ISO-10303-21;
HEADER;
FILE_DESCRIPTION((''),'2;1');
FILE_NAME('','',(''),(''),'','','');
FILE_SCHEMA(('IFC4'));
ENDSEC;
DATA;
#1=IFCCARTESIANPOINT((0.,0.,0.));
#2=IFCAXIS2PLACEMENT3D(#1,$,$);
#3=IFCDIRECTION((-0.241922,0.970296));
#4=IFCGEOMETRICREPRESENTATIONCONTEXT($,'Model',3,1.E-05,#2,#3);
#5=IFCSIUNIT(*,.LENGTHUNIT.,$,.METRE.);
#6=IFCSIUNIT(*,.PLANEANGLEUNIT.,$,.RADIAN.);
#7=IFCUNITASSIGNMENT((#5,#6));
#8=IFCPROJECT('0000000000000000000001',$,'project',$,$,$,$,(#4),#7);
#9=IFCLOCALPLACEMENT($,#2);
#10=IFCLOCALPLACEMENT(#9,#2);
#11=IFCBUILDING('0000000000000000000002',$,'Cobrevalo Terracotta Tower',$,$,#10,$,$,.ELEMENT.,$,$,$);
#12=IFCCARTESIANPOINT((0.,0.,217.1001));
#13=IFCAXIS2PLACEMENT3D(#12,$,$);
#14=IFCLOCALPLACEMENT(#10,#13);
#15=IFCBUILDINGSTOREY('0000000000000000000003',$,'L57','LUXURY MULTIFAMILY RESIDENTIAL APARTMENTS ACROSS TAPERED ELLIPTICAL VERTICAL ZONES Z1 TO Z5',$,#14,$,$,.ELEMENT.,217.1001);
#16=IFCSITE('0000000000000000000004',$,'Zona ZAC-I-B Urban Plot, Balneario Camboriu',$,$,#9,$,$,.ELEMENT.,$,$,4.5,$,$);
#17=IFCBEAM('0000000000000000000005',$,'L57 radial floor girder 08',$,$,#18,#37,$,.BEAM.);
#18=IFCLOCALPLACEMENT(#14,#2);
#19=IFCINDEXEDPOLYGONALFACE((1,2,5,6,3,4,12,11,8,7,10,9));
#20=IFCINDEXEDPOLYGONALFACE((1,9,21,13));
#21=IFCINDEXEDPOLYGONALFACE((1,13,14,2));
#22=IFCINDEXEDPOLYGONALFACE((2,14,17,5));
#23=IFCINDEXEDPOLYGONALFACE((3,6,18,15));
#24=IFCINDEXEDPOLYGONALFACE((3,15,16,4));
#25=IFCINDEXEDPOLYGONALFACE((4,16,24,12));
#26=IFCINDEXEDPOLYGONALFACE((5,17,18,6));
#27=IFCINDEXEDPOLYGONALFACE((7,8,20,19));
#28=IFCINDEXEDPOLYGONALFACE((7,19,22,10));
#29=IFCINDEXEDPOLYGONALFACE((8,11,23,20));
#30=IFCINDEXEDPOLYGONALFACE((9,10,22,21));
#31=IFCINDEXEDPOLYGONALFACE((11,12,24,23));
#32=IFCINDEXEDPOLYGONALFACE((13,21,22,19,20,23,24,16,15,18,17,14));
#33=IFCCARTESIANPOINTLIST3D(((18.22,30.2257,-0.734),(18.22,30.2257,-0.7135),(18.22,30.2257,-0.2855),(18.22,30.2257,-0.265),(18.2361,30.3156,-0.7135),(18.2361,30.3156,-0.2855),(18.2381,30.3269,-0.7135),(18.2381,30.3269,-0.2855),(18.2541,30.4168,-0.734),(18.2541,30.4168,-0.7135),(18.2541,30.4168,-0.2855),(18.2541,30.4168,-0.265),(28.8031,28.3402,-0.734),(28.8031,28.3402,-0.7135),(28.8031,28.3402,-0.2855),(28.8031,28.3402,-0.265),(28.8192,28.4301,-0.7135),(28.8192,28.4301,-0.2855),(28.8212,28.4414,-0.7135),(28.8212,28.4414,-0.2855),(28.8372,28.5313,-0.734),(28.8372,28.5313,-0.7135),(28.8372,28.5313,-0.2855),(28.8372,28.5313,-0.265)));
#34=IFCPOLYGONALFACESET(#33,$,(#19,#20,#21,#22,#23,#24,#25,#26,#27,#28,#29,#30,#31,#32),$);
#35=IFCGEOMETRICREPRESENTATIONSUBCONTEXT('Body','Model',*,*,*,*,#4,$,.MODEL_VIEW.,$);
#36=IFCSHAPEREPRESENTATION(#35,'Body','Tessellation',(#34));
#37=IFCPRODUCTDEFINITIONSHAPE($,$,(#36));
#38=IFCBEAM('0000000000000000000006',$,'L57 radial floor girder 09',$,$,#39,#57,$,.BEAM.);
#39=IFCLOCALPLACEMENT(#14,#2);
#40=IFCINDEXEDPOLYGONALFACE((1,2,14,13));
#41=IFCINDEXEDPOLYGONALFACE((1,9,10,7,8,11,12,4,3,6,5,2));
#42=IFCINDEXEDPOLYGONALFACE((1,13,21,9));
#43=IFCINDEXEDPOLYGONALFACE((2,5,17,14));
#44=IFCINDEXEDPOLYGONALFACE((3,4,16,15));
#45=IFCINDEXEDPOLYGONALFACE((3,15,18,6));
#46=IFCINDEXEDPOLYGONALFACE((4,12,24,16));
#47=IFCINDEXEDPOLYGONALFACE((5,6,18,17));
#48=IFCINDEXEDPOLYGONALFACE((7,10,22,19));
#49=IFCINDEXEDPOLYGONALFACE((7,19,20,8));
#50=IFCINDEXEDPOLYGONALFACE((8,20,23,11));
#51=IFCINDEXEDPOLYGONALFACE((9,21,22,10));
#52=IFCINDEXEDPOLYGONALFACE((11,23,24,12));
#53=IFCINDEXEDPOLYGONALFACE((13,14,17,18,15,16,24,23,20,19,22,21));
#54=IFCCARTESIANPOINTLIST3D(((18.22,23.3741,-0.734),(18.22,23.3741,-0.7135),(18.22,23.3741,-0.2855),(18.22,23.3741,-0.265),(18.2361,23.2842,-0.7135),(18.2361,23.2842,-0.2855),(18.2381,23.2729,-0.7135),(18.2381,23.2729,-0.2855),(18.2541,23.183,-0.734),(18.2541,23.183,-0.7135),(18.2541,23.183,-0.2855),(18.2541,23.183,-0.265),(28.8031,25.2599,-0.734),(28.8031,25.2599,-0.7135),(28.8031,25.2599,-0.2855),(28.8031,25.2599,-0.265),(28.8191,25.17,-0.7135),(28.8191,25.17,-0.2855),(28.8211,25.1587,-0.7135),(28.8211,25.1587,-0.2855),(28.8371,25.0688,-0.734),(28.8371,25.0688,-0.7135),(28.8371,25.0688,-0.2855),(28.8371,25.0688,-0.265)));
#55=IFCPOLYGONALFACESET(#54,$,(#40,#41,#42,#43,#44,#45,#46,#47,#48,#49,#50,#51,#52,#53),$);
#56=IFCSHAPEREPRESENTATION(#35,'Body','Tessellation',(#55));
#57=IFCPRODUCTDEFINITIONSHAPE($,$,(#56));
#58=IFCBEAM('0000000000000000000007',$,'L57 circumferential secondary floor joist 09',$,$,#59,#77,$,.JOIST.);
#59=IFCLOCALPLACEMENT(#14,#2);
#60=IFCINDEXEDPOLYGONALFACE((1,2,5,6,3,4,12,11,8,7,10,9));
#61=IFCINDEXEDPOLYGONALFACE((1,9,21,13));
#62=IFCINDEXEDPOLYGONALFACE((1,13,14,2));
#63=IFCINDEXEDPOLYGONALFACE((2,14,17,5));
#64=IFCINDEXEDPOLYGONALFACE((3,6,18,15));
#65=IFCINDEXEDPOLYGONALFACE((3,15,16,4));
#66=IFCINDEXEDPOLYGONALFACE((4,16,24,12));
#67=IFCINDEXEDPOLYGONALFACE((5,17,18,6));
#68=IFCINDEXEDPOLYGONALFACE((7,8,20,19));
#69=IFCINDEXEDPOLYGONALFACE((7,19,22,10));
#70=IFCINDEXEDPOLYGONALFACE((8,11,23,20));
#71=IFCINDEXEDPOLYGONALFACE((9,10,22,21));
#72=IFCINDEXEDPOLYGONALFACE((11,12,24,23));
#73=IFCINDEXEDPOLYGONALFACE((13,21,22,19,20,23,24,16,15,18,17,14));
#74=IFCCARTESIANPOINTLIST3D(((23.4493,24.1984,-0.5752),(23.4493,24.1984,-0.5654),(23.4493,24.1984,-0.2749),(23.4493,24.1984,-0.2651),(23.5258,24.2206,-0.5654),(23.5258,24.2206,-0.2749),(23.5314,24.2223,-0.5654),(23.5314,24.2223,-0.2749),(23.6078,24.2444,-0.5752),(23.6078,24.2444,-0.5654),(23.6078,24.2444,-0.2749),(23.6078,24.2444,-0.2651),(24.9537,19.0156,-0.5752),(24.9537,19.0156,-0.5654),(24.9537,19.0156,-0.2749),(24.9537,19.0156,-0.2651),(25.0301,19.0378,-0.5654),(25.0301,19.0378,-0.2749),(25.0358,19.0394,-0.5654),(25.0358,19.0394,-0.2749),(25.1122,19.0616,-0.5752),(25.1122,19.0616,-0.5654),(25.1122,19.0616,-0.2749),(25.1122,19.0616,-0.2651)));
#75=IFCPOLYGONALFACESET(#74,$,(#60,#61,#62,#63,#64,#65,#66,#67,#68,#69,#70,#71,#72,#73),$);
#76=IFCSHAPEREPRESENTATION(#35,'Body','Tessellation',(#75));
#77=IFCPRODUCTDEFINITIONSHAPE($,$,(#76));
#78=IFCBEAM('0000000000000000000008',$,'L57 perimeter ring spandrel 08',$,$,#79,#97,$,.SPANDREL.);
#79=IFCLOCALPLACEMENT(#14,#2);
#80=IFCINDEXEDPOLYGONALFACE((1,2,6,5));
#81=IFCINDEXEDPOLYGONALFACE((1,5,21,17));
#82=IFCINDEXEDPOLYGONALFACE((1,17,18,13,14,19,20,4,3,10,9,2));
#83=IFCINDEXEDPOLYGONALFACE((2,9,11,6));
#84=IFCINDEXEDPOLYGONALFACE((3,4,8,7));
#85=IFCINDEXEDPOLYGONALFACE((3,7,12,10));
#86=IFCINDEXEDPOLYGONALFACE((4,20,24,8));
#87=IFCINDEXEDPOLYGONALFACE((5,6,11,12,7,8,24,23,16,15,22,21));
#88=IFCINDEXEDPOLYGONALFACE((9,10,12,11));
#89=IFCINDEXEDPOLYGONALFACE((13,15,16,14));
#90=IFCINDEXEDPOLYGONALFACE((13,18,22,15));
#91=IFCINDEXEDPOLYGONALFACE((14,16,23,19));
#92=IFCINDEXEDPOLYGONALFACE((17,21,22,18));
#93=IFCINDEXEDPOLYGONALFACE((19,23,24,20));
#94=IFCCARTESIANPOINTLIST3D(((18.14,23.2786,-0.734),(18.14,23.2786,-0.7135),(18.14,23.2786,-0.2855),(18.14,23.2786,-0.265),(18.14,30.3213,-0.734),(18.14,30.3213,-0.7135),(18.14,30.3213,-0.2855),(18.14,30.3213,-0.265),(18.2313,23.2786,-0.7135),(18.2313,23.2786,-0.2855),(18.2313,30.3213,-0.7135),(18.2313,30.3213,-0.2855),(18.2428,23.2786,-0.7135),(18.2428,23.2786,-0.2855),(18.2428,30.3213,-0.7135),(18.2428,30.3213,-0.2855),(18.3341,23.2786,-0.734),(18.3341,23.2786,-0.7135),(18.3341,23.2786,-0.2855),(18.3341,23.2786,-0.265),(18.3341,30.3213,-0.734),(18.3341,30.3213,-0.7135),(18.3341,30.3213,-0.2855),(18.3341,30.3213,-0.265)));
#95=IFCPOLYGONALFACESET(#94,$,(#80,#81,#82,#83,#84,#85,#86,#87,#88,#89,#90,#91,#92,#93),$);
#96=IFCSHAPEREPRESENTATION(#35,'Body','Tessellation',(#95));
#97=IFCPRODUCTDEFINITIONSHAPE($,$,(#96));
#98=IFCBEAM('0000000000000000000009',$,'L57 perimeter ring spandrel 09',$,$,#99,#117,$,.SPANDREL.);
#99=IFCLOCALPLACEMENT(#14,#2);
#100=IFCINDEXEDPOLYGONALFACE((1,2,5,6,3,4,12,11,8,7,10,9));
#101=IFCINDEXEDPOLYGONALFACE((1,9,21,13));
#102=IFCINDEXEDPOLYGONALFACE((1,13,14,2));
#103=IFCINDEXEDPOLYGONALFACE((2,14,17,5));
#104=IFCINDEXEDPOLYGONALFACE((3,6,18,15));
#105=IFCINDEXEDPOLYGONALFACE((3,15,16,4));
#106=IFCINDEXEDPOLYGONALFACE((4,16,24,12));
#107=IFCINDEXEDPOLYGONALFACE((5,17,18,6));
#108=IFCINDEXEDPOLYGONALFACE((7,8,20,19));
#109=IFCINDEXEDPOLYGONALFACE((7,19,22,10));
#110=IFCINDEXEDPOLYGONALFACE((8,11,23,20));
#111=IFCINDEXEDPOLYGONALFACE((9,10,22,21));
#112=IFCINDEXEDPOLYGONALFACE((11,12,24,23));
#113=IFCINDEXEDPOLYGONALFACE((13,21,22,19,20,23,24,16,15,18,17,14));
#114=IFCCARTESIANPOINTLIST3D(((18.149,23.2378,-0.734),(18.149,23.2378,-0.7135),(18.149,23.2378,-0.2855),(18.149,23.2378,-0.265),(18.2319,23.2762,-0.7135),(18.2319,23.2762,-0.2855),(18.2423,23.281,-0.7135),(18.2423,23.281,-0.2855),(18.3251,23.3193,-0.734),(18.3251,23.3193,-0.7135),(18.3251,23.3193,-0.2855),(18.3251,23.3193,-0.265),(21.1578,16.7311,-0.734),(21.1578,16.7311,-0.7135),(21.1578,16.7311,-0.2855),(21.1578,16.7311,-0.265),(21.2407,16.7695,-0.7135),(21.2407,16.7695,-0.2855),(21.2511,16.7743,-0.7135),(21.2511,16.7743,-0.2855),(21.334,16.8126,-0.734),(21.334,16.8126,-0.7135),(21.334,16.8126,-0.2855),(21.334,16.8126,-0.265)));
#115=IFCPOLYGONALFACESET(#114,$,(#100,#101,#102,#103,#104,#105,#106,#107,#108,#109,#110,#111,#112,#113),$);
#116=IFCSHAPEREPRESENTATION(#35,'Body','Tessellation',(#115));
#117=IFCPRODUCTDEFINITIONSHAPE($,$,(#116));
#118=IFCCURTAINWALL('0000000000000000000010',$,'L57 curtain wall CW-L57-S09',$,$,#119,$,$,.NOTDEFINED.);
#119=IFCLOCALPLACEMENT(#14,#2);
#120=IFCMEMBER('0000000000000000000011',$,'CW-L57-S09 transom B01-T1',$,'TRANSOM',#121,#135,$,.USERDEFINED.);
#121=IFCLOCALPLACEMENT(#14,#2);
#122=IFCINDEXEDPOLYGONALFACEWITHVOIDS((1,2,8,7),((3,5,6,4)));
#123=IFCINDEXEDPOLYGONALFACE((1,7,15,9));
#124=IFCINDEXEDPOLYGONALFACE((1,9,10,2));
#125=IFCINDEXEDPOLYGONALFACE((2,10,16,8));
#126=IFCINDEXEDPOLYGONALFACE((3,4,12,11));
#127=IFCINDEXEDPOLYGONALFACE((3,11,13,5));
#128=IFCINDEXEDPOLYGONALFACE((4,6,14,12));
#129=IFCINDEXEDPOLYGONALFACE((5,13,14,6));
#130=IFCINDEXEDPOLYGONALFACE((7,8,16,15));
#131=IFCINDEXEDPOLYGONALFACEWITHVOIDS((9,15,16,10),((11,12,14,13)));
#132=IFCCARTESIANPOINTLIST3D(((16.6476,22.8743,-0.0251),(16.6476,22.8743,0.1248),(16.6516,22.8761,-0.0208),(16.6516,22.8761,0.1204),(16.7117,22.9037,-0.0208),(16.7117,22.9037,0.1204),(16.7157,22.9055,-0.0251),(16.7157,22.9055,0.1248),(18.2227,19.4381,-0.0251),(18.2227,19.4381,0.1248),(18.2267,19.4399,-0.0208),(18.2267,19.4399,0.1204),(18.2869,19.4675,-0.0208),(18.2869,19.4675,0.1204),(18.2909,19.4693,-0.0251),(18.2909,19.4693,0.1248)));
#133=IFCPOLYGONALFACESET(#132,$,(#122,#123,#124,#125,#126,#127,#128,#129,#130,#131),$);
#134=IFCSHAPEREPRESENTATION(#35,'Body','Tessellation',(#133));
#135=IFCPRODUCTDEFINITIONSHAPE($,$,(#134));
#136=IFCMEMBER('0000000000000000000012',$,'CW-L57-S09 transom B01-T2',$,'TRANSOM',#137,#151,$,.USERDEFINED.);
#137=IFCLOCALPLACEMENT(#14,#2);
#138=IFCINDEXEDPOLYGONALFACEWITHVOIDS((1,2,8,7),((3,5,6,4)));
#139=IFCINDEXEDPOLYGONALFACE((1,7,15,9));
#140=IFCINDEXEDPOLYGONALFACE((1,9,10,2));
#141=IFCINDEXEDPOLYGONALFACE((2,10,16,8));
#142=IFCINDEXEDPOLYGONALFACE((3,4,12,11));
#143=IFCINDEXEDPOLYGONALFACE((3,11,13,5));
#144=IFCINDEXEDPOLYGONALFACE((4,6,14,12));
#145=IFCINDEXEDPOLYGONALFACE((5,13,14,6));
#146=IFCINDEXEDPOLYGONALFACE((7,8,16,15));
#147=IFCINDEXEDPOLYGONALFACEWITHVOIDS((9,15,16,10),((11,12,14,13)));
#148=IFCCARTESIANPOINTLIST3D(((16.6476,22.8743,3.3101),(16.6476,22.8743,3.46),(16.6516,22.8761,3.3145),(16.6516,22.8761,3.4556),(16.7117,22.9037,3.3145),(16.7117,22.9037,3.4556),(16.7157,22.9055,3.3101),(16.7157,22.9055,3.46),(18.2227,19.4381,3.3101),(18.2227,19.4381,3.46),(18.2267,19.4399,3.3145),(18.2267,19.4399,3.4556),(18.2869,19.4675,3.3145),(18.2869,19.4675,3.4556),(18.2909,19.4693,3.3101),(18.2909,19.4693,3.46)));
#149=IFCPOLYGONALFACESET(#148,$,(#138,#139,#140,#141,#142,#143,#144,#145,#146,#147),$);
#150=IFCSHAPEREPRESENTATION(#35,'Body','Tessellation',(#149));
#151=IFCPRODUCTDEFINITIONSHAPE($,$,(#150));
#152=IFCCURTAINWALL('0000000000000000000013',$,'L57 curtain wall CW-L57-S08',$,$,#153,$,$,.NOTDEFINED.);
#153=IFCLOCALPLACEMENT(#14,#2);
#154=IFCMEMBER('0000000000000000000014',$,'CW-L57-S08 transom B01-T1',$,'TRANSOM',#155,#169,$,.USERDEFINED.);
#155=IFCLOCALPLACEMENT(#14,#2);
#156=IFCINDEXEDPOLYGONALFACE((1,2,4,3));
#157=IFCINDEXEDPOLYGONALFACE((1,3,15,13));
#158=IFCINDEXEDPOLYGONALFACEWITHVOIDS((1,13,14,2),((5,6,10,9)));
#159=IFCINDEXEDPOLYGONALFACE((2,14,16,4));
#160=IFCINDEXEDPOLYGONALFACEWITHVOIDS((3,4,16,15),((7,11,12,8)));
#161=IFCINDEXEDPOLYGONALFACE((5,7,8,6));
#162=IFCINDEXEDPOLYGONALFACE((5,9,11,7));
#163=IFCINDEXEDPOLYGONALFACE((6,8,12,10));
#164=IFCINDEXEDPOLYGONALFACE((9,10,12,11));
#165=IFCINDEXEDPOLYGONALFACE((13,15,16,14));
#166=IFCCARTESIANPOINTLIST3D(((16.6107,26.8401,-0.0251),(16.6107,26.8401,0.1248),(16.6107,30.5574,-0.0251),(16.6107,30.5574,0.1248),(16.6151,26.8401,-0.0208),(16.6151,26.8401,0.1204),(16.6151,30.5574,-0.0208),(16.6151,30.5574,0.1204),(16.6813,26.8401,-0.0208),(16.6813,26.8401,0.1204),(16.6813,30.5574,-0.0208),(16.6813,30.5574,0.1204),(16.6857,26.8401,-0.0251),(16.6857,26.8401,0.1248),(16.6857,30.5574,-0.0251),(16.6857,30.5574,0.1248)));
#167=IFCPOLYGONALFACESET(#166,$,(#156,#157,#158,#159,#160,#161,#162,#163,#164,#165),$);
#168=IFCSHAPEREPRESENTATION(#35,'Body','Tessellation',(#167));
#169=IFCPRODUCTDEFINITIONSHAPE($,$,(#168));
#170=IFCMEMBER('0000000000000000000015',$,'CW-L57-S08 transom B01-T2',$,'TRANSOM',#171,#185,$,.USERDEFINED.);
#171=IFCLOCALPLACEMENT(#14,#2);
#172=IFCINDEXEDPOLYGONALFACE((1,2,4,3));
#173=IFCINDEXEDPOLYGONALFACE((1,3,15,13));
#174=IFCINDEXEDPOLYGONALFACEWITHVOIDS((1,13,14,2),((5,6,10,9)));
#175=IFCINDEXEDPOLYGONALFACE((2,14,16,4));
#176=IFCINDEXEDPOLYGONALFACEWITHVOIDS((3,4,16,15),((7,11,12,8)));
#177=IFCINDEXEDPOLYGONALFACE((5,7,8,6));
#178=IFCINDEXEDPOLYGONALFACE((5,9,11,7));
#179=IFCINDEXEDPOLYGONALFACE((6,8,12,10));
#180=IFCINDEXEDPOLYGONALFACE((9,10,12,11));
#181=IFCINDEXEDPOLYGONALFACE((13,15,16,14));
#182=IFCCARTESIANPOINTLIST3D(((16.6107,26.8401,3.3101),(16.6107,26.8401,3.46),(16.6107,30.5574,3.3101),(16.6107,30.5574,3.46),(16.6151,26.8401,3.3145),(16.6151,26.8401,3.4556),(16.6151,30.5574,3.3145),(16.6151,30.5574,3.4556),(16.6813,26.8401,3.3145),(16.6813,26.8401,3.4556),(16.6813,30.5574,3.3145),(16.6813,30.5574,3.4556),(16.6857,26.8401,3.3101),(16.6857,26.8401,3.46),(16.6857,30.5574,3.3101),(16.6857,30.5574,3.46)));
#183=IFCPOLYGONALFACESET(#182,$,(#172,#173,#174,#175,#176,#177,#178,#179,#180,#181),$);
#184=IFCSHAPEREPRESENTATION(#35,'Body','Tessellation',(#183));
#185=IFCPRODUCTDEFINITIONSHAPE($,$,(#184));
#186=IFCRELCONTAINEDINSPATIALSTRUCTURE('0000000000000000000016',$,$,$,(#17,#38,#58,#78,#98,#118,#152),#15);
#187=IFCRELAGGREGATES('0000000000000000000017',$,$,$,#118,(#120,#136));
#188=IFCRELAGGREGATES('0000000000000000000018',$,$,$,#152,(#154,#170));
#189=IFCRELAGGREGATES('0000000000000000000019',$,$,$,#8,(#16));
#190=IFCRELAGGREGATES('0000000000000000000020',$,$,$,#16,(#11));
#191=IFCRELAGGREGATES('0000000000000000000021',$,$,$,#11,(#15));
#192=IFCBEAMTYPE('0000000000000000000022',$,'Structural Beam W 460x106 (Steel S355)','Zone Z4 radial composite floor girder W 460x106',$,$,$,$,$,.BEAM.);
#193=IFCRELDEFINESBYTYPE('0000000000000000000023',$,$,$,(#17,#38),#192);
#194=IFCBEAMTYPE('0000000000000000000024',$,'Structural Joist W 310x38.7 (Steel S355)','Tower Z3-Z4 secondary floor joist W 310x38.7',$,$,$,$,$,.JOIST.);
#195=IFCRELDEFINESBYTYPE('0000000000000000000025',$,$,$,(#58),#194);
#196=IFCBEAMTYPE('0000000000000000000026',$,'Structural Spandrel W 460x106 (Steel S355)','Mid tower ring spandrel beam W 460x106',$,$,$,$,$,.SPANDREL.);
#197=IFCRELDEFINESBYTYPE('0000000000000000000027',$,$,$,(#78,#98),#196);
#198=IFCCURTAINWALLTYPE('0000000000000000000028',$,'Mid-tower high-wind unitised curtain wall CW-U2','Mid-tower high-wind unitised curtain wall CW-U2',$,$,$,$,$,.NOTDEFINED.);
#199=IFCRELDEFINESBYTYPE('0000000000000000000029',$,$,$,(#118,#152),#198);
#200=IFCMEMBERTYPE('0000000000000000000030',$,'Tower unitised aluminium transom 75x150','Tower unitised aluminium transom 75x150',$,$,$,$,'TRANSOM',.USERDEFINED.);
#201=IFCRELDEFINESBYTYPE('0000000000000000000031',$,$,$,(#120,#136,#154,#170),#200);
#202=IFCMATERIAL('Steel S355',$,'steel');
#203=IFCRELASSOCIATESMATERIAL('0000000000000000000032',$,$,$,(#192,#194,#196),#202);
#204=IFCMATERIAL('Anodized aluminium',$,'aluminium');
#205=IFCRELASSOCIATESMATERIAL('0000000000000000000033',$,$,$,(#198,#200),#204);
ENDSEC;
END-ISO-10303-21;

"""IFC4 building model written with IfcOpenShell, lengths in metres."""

from ifc_helpers import new_model, si_unit, direction, frame, origin, origin_2d, place, context, subcontext, project, spatial, hollow_rectangle, i_section, extrude, source, transform, mapped, material, material_profile, profile_set, type_object, element, aggregate, save


model = new_model("IFC4")

# Units and contexts
model_context = context("Model", 3, precision=1e-05, world=origin(), true_north=direction((-0.241922, 0.970296)))
body_context = subcontext(model_context, "Body", "Model", "MODEL_VIEW")
ifc_project = project(units=[si_unit("LENGTHUNIT", "METRE"), si_unit("PLANEANGLEUNIT", "RADIAN")], contexts=[model_context])

# Site, building, storey
site_placement = place(None, origin())
site = spatial("IfcSite", under=ifc_project, at=site_placement, Name="Zona ZAC-I-B Urban Plot, Balneario Camboriu", CompositionType="ELEMENT", RefElevation=4.5)
building_placement = place(site_placement, origin())
building = spatial("IfcBuilding", under=site, at=building_placement, Name="Cobrevalo Terracotta Tower", CompositionType="ELEMENT")
storey_placement = place(building_placement, frame((0.0, 0.0, 217.1001)))
storey = spatial("IfcBuildingStorey", under=building, at=storey_placement, Name="L57", Description="LUXURY MULTIFAMILY RESIDENTIAL APARTMENTS ACROSS TAPERED ELLIPTICAL VERTICAL ZONES Z1 TO Z5", CompositionType="ELEMENT", Elevation=217.1001)

# Shared definitions
ifc_material_1 = material(Name="Steel S355", Category="steel")

# Beams
ifc_material_profile_1 = material_profile(ifc_material_1, i_section(OverallWidth=0.1941, OverallDepth=0.469, WebThickness=0.0115, FlangeThickness=0.0205, at=origin_2d()), Name="W 460x106")
ifc_profile_set_1 = profile_set([ifc_material_profile_1], Name="Steel S355")
beam_type_1 = type_object("IfcBeamType", Name="Structural Beam W 460x106 (Steel S355)", Description="Zone Z4 radial composite floor girder W 460x106", PredefinedType="BEAM", material=ifc_profile_set_1)
for number, where, z_axis, x_axis, name in (
    (1, (18.2371, 30.3213, -0.4995), (0.984497, -0.175401, 0.0), (0.175401, 0.984497, 0.0), "L57 radial floor girder 08"),
    (2, (18.2371, 23.2786, -0.4995), (0.984493, 0.175423, 0.0), (-0.175423, 0.984493, 0.0), "L57 radial floor girder 09"),
):
    element("IfcBeam", number, at=place(storey_placement, frame(where, z_axis=z_axis, x_axis=x_axis)), inside=storey, type_object=beam_type_1, Name=name, PredefinedType="BEAM", context=body_context, shape_type="SweptSolid", body=[
        extrude(i_section(OverallWidth=0.1941, OverallDepth=0.469, WebThickness=0.0115, FlangeThickness=0.0205, at=origin_2d()), origin(), (0.0, 0.0, 1.0), 10.7498),
    ])
ifc_material_profile_2 = material_profile(ifc_material_1, i_section(OverallWidth=0.165, OverallDepth=0.3101, WebThickness=0.0059, FlangeThickness=0.0098, at=origin_2d()), Name="W 310x38.7")
ifc_profile_set_2 = profile_set([ifc_material_profile_2], Name="Steel S355")
beam_type_2 = type_object("IfcBeamType", Name="Structural Joist W 310x38.7 (Steel S355)", Description="Tower Z3-Z4 secondary floor joist W 310x38.7", PredefinedType="JOIST", material=ifc_profile_set_2)
beam_1_placement = place(storey_placement, frame((23.5286, 24.2214, -0.4202), z_axis=(0.278758, -0.960361, 0.0), x_axis=(0.960361, 0.278758, 0.0)))
element("IfcBeam", 3, at=beam_1_placement, inside=storey, type_object=beam_type_2, Name="L57 circumferential secondary floor joist 09", PredefinedType="JOIST", context=body_context, shape_type="SweptSolid", body=[
    extrude(i_section(OverallWidth=0.165, OverallDepth=0.3101, WebThickness=0.0059, FlangeThickness=0.0098, at=origin_2d()), origin(), (0.0, 0.0, 1.0), 5.3967),
])
ifc_material_profile_3 = material_profile(ifc_material_1, i_section(OverallWidth=0.1941, OverallDepth=0.469, WebThickness=0.0115, FlangeThickness=0.0205, at=origin_2d()), Name="W 460x106")
ifc_profile_set_3 = profile_set([ifc_material_profile_3], Name="Steel S355")
beam_type_3 = type_object("IfcBeamType", Name="Structural Spandrel W 460x106 (Steel S355)", Description="Mid tower ring spandrel beam W 460x106", PredefinedType="SPANDREL", material=ifc_profile_set_3)
beam_2_placement = place(storey_placement, frame((18.2371, 30.3213, -0.4995), z_axis=(0.0, -1.0, 0.0), x_axis=(1.0, 0.0, 0.0)))
element("IfcBeam", 4, at=beam_2_placement, inside=storey, type_object=beam_type_3, Name="L57 perimeter ring spandrel 08", PredefinedType="SPANDREL", context=body_context, shape_type="SweptSolid", body=[
    extrude(i_section(OverallWidth=0.1941, OverallDepth=0.469, WebThickness=0.0115, FlangeThickness=0.0205, at=origin_2d()), origin(), (0.0, 0.0, 1.0), 7.0427),
])
beam_3_placement = place(storey_placement, frame((18.2371, 23.2786, -0.4995), z_axis=(0.419719, -0.907654, 0.0), x_axis=(0.907654, 0.419719, 0.0)))
element("IfcBeam", 5, at=beam_3_placement, inside=storey, type_object=beam_type_3, Name="L57 perimeter ring spandrel 09", PredefinedType="SPANDREL", context=body_context, shape_type="SweptSolid", body=[
    extrude(i_section(OverallWidth=0.1941, OverallDepth=0.469, WebThickness=0.0115, FlangeThickness=0.0205, at=origin_2d()), origin(), (0.0, 0.0, 1.0), 7.1687),
])

# Curtain walls, members
ifc_material_2 = material(Name="Anodized aluminium", Category="aluminium")
curtain_wall_type = type_object("IfcCurtainWallType", Name="Mid-tower high-wind unitised curtain wall CW-U2", Description="Mid-tower high-wind unitised curtain wall CW-U2", PredefinedType="NOTDEFINED", material=ifc_material_2)
curtain_wall_1_placement = place(storey_placement, origin())
curtain_wall_1 = element("IfcCurtainWall", 6, at=curtain_wall_1_placement, inside=storey, type_object=curtain_wall_type, Name="L57 curtain wall CW-L57-S09", PredefinedType="NOTDEFINED")
ifc_material_profile_4 = material_profile(ifc_material_2, hollow_rectangle(XDim=0.075, YDim=0.1499, WallThickness=0.0044, at=origin_2d()), Name="CWT 75x150")
ifc_profile_set_4 = profile_set([ifc_material_profile_4], Name="Anodized aluminium")
member_type_1 = type_object("IfcMemberType", Name="Tower unitised aluminium transom 75x150", Description="Tower unitised aluminium transom 75x150", ElementType="TRANSOM", PredefinedType="USERDEFINED", material=ifc_profile_set_4)
shared_shape_1 = source(origin(), body_context, "Body", "SweptSolid", [
    extrude(hollow_rectangle(XDim=0.075, YDim=0.1499, WallThickness=0.0044, at=origin_2d()), origin(), (0.0, 0.0, 1.0), 3.78),
])
member_1_placement = place(storey_placement, frame((16.6816, 22.8899, 0.0498), z_axis=(0.416706, -0.909041, 0.0), x_axis=(0.909041, 0.416706, 0.0)))
member_1 = element("IfcMember", 7, at=member_1_placement, type_object=member_type_1, Name="CW-L57-S09 transom B01-T1", ObjectType="TRANSOM", PredefinedType="USERDEFINED", context=body_context, shape_type="MappedRepresentation", body=[
    mapped(shared_shape_1, transform((0.0, 0.0, 0.0), scale=1.0)),
])
member_2_placement = place(storey_placement, frame((16.6816, 22.8899, 3.385), z_axis=(0.416706, -0.909041, 0.0), x_axis=(0.909041, 0.416706, 0.0)))
member_2 = element("IfcMember", 8, at=member_2_placement, type_object=member_type_1, Name="CW-L57-S09 transom B01-T2", ObjectType="TRANSOM", PredefinedType="USERDEFINED", context=body_context, shape_type="MappedRepresentation", body=[
    mapped(shared_shape_1, transform((0.0, 0.0, 0.0), scale=1.0)),
])
curtain_wall_2_placement = place(storey_placement, origin())
curtain_wall_2 = element("IfcCurtainWall", 9, at=curtain_wall_2_placement, inside=storey, type_object=curtain_wall_type, Name="L57 curtain wall CW-L57-S08", PredefinedType="NOTDEFINED")
shared_shape_2 = source(origin(), body_context, "Body", "SweptSolid", [
    extrude(hollow_rectangle(XDim=0.075, YDim=0.1499, WallThickness=0.0044, at=origin_2d()), origin(), (0.0, 0.0, 1.0), 3.7173),
])
member_3_placement = place(storey_placement, frame((16.6482, 30.5574, 0.0498), z_axis=(0.0, -1.0, 0.0), x_axis=(1.0, 0.0, 0.0)))
member_3 = element("IfcMember", 10, at=member_3_placement, type_object=member_type_1, Name="CW-L57-S08 transom B01-T1", ObjectType="TRANSOM", PredefinedType="USERDEFINED", context=body_context, shape_type="MappedRepresentation", body=[
    mapped(shared_shape_2, transform((0.0, 0.0, 0.0), scale=1.0)),
])
member_4_placement = place(storey_placement, frame((16.6482, 30.5574, 3.385), z_axis=(0.0, -1.0, 0.0), x_axis=(1.0, 0.0, 0.0)))
member_4 = element("IfcMember", 11, at=member_4_placement, type_object=member_type_1, Name="CW-L57-S08 transom B01-T2", ObjectType="TRANSOM", PredefinedType="USERDEFINED", context=body_context, shape_type="MappedRepresentation", body=[
    mapped(shared_shape_2, transform((0.0, 0.0, 0.0), scale=1.0)),
])

aggregate(curtain_wall_1, [member_1, member_2])

aggregate(curtain_wall_2, [member_3, member_4])

save(model, "model.ifc")
